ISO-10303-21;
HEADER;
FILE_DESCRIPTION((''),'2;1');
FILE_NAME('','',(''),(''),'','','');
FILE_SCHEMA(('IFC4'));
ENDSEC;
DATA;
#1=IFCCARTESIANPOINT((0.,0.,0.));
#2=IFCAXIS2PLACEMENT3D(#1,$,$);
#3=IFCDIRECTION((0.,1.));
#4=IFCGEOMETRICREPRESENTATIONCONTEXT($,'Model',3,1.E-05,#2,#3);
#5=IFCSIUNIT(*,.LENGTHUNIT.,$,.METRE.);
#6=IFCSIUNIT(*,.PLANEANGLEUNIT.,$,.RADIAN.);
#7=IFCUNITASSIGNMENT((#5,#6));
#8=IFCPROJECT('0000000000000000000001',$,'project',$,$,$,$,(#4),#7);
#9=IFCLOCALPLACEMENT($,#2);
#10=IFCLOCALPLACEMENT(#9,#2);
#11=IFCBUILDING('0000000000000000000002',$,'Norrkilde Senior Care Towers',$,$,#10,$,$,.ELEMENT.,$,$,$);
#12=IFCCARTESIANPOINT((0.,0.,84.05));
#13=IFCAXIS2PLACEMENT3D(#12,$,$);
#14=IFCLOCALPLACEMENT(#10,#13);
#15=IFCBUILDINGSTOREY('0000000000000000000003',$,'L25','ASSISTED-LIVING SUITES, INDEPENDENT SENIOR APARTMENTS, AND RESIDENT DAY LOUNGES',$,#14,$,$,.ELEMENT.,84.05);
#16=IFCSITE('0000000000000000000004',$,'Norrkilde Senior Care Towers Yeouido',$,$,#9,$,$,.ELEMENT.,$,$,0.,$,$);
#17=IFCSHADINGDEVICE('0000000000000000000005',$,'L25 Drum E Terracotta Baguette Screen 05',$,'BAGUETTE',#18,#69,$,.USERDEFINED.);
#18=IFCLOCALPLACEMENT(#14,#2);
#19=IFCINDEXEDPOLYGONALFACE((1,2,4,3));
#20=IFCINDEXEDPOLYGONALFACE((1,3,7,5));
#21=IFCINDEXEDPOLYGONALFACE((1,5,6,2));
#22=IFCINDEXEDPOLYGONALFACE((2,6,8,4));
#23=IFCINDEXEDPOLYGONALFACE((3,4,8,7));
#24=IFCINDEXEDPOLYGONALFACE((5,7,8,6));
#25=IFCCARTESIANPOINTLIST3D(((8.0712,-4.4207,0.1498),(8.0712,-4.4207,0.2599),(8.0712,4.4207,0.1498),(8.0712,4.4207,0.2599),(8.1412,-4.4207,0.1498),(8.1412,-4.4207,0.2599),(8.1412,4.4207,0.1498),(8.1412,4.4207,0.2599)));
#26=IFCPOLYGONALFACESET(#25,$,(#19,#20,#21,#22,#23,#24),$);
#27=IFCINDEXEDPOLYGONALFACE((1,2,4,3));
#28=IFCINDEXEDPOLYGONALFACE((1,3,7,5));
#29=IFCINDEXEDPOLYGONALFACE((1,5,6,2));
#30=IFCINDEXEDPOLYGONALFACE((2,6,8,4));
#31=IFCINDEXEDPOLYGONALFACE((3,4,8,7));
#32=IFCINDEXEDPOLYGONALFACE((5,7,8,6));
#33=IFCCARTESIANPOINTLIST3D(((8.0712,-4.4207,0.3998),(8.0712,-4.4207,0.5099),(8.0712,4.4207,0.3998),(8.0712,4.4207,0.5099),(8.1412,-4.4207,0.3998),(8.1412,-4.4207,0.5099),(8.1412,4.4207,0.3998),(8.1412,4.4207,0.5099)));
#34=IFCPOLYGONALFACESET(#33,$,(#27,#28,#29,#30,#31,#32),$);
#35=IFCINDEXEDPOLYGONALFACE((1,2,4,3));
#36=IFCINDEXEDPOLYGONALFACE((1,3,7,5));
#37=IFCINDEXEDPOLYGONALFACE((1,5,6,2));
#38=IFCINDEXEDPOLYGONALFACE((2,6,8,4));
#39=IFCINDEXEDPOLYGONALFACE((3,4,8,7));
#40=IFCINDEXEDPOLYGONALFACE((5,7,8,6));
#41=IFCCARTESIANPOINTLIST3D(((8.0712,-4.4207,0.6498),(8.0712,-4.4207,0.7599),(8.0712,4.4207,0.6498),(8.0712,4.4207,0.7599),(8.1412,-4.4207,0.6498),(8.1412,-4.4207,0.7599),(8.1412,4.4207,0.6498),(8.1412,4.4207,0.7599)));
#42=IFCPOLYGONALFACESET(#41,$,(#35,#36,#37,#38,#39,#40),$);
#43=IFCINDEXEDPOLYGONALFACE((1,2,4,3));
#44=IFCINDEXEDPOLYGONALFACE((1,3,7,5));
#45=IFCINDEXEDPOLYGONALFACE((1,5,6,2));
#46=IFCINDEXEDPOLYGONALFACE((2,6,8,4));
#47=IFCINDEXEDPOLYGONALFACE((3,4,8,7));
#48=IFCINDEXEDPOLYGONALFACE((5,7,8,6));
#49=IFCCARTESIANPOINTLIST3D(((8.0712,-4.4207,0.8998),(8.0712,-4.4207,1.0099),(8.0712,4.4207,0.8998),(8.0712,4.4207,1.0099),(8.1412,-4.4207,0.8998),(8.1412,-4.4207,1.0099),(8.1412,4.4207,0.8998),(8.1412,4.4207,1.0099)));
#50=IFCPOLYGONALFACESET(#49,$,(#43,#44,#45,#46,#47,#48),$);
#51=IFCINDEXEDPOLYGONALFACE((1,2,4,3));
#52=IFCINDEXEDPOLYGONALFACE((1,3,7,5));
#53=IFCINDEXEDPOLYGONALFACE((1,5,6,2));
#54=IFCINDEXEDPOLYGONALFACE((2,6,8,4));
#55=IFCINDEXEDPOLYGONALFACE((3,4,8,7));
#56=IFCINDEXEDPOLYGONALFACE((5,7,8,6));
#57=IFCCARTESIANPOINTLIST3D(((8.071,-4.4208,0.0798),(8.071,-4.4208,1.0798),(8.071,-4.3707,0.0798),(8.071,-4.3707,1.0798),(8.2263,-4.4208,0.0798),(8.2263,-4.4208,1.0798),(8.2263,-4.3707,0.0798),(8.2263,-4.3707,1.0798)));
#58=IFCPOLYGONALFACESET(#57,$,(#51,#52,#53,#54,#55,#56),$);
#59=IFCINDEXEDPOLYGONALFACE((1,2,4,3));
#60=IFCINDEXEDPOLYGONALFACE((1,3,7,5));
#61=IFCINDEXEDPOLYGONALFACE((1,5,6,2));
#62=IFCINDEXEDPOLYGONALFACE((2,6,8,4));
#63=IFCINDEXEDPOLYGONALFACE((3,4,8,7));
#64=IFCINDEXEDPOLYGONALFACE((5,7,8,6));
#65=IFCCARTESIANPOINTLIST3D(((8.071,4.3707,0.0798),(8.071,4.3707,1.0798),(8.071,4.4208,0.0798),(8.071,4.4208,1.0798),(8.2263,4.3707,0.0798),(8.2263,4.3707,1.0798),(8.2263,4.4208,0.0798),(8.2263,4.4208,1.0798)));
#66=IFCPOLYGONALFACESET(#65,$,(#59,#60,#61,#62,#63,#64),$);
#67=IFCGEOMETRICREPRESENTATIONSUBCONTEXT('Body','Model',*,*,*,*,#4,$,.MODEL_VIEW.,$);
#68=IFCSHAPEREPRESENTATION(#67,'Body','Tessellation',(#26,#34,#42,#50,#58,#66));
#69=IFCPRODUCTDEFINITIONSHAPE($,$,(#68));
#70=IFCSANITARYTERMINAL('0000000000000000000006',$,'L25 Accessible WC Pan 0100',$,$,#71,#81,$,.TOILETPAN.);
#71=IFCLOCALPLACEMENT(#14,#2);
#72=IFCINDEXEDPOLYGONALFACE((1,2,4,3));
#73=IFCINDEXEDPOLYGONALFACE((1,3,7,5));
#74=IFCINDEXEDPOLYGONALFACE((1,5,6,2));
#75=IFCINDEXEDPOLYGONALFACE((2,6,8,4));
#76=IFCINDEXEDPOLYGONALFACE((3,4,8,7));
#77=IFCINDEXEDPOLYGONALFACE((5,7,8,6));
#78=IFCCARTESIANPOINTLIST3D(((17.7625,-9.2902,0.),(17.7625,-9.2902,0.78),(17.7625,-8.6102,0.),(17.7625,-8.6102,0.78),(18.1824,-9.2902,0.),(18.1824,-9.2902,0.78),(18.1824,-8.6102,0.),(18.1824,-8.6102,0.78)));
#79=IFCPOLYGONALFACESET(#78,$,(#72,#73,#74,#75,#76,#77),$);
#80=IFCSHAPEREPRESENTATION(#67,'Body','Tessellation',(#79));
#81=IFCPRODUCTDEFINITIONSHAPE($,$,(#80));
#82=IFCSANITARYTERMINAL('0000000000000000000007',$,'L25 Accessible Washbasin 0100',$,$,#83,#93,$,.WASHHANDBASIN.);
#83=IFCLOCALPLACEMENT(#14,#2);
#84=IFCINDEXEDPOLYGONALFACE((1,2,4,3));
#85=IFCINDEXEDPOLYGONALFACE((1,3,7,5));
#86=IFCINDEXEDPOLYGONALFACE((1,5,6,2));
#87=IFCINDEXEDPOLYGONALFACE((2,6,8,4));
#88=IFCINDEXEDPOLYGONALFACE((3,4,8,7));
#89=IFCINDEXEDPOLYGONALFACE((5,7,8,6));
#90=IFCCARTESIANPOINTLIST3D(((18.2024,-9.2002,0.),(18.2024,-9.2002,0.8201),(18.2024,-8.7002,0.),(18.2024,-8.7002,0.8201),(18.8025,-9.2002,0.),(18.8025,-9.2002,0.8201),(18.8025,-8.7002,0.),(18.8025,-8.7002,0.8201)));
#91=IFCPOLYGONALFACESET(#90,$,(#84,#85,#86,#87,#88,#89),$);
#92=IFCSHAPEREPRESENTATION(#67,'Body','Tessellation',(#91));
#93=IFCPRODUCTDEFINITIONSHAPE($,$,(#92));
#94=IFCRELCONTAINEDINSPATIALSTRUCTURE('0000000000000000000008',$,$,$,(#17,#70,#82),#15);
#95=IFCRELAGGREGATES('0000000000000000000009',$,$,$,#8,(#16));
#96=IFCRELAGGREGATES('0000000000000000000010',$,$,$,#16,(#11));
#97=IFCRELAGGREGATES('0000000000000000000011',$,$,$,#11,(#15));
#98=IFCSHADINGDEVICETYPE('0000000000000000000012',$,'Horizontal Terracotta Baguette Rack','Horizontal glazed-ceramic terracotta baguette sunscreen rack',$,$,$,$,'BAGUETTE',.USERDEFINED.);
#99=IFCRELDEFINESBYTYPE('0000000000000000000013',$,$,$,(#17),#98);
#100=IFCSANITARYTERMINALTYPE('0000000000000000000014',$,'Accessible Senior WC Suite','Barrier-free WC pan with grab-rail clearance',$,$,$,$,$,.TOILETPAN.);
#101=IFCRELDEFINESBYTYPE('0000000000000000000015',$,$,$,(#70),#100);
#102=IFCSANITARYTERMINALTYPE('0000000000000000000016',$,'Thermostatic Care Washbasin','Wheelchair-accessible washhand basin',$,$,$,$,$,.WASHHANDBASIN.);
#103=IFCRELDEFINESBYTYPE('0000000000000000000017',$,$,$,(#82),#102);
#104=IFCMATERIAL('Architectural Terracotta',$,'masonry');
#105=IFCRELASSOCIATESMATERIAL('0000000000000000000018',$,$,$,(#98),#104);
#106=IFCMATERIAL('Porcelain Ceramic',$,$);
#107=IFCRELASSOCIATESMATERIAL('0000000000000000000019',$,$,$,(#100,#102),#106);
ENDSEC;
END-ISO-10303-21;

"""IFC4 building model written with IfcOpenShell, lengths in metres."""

from ifc_helpers import new_model, si_unit, direction, frame, origin, origin_2d, place, context, subcontext, project, spatial, rectangle, extrude, source, transform, mapped, material, type_object, type_shapes, element, save


model = new_model("IFC4")

# Units and contexts
model_context = context("Model", 3, precision=1e-05, world=origin(), true_north=direction((0.0, 1.0)))
body_context = subcontext(model_context, "Body", "Model", "MODEL_VIEW")
ifc_project = project(units=[si_unit("LENGTHUNIT", "METRE"), si_unit("PLANEANGLEUNIT", "RADIAN")], contexts=[model_context])

# Site, building, storey
site_placement = place(None, origin())
site = spatial("IfcSite", under=ifc_project, at=site_placement, Name="Norrkilde Senior Care Towers Yeouido", CompositionType="ELEMENT", RefElevation=0.0)
building_placement = place(site_placement, origin())
building = spatial("IfcBuilding", under=site, at=building_placement, Name="Norrkilde Senior Care Towers", CompositionType="ELEMENT")
storey_placement = place(building_placement, frame((0.0, 0.0, 84.05)))
storey = spatial("IfcBuildingStorey", under=building, at=storey_placement, Name="L25", Description="ASSISTED-LIVING SUITES, INDEPENDENT SENIOR APARTMENTS, AND RESIDENT DAY LOUNGES", CompositionType="ELEMENT", Elevation=84.05)

# Shading device
ifc_material_1 = material(Name="Architectural Terracotta", Category="masonry")
shading_device_type = type_object("IfcShadingDeviceType", Name="Horizontal Terracotta Baguette Rack", Description="Horizontal glazed-ceramic terracotta baguette sunscreen rack", ElementType="BAGUETTE", PredefinedType="USERDEFINED", material=ifc_material_1)
shared_shape_1 = source(origin(), body_context, "Body", "SweptSolid", [
    extrude(rectangle(XDim=0.0701, YDim=0.1101, at=origin_2d()), frame((0.0, 0.0901, 0.125), z_axis=(1.0, 0.0, 0.0), x_axis=(0.0, 1.0, 0.0)), (0.0, 0.0, 1.0), 8.8413),
    extrude(rectangle(XDim=0.0701, YDim=0.1101, at=origin_2d()), frame((0.0, 0.0901, 0.375), z_axis=(1.0, 0.0, 0.0), x_axis=(0.0, 1.0, 0.0)), (0.0, 0.0, 1.0), 8.8413),
    extrude(rectangle(XDim=0.0701, YDim=0.1101, at=origin_2d()), frame((0.0, 0.0901, 0.625), z_axis=(1.0, 0.0, 0.0), x_axis=(0.0, 1.0, 0.0)), (0.0, 0.0, 1.0), 8.8413),
    extrude(rectangle(XDim=0.0701, YDim=0.1101, at=origin_2d()), frame((0.0, 0.0901, 0.875), z_axis=(1.0, 0.0, 0.0), x_axis=(0.0, 1.0, 0.0)), (0.0, 0.0, 1.0), 8.8413),
    extrude(rectangle(XDim=0.05, YDim=0.1553, at=origin_2d()), frame((0.0249, 0.0476, 0.0)), (0.0, 0.0, 1.0), 1.0),
    extrude(rectangle(XDim=0.05, YDim=0.1553, at=origin_2d()), frame((8.8164, 0.0476, 0.0)), (0.0, 0.0, 1.0), 1.0),
])
type_shapes(shading_device_type, [shared_shape_1])
shading_device_placement = place(storey_placement, frame((8.1963, -4.4207, 0.0798), z_axis=(0.0, 0.0, 1.0), x_axis=(0.0, 1.0, 0.0)))
element("IfcShadingDevice", 1, at=shading_device_placement, inside=storey, type_object=shading_device_type, Name="L25 Drum E Terracotta Baguette Screen 05", ObjectType="BAGUETTE", PredefinedType="USERDEFINED", context=body_context, shape_type="MappedRepresentation", body=[
    mapped(shared_shape_1, transform((0.0, 0.0, 0.0), x_axis=(1.0, 0.0, 0.0), y_axis=(0.0, 1.0, 0.0), z_axis=(0.0, 0.0, 1.0), scale=1.0)),
])

# Sanitary terminals
ifc_material_2 = material(Name="Porcelain Ceramic")
sanitary_terminal_type_1 = type_object("IfcSanitaryTerminalType", Name="Accessible Senior WC Suite", Description="Barrier-free WC pan with grab-rail clearance", PredefinedType="TOILETPAN", material=ifc_material_2)
shared_shape_2 = source(origin(), body_context, "Body", "SweptSolid", [
    extrude(rectangle(XDim=0.4199, YDim=0.6799, at=origin_2d()), origin(), (0.0, 0.0, 1.0), 0.78),
])
type_shapes(sanitary_terminal_type_1, [shared_shape_2])
sanitary_terminal_1_placement = place(storey_placement, frame((17.9724, -8.9502, 0.0), z_axis=(0.0, 0.0, 1.0), x_axis=(1.0, 0.0, 0.0)))
element("IfcSanitaryTerminal", 2, at=sanitary_terminal_1_placement, inside=storey, type_object=sanitary_terminal_type_1, Name="L25 Accessible WC Pan 0100", PredefinedType="TOILETPAN", context=body_context, shape_type="MappedRepresentation", body=[
    mapped(shared_shape_2, transform((0.0, 0.0, 0.0), x_axis=(1.0, 0.0, 0.0), y_axis=(0.0, 1.0, 0.0), z_axis=(0.0, 0.0, 1.0), scale=1.0)),
])
sanitary_terminal_type_2 = type_object("IfcSanitaryTerminalType", Name="Thermostatic Care Washbasin", Description="Wheelchair-accessible washhand basin", PredefinedType="WASHHANDBASIN", material=ifc_material_2)
shared_shape_3 = source(origin(), body_context, "Body", "SweptSolid", [
    extrude(rectangle(XDim=0.6001, YDim=0.5, at=origin_2d()), origin(), (0.0, 0.0, 1.0), 0.8201),
])
type_shapes(sanitary_terminal_type_2, [shared_shape_3])
sanitary_terminal_2_placement = place(storey_placement, frame((18.5024, -8.9502, 0.0), z_axis=(0.0, 0.0, 1.0), x_axis=(1.0, 0.0, 0.0)))
element("IfcSanitaryTerminal", 3, at=sanitary_terminal_2_placement, inside=storey, type_object=sanitary_terminal_type_2, Name="L25 Accessible Washbasin 0100", PredefinedType="WASHHANDBASIN", context=body_context, shape_type="MappedRepresentation", body=[
    mapped(shared_shape_3, transform((0.0, 0.0, 0.0), x_axis=(1.0, 0.0, 0.0), y_axis=(0.0, 1.0, 0.0), z_axis=(0.0, 0.0, 1.0), scale=1.0)),
])

save(model, "model.ifc")
